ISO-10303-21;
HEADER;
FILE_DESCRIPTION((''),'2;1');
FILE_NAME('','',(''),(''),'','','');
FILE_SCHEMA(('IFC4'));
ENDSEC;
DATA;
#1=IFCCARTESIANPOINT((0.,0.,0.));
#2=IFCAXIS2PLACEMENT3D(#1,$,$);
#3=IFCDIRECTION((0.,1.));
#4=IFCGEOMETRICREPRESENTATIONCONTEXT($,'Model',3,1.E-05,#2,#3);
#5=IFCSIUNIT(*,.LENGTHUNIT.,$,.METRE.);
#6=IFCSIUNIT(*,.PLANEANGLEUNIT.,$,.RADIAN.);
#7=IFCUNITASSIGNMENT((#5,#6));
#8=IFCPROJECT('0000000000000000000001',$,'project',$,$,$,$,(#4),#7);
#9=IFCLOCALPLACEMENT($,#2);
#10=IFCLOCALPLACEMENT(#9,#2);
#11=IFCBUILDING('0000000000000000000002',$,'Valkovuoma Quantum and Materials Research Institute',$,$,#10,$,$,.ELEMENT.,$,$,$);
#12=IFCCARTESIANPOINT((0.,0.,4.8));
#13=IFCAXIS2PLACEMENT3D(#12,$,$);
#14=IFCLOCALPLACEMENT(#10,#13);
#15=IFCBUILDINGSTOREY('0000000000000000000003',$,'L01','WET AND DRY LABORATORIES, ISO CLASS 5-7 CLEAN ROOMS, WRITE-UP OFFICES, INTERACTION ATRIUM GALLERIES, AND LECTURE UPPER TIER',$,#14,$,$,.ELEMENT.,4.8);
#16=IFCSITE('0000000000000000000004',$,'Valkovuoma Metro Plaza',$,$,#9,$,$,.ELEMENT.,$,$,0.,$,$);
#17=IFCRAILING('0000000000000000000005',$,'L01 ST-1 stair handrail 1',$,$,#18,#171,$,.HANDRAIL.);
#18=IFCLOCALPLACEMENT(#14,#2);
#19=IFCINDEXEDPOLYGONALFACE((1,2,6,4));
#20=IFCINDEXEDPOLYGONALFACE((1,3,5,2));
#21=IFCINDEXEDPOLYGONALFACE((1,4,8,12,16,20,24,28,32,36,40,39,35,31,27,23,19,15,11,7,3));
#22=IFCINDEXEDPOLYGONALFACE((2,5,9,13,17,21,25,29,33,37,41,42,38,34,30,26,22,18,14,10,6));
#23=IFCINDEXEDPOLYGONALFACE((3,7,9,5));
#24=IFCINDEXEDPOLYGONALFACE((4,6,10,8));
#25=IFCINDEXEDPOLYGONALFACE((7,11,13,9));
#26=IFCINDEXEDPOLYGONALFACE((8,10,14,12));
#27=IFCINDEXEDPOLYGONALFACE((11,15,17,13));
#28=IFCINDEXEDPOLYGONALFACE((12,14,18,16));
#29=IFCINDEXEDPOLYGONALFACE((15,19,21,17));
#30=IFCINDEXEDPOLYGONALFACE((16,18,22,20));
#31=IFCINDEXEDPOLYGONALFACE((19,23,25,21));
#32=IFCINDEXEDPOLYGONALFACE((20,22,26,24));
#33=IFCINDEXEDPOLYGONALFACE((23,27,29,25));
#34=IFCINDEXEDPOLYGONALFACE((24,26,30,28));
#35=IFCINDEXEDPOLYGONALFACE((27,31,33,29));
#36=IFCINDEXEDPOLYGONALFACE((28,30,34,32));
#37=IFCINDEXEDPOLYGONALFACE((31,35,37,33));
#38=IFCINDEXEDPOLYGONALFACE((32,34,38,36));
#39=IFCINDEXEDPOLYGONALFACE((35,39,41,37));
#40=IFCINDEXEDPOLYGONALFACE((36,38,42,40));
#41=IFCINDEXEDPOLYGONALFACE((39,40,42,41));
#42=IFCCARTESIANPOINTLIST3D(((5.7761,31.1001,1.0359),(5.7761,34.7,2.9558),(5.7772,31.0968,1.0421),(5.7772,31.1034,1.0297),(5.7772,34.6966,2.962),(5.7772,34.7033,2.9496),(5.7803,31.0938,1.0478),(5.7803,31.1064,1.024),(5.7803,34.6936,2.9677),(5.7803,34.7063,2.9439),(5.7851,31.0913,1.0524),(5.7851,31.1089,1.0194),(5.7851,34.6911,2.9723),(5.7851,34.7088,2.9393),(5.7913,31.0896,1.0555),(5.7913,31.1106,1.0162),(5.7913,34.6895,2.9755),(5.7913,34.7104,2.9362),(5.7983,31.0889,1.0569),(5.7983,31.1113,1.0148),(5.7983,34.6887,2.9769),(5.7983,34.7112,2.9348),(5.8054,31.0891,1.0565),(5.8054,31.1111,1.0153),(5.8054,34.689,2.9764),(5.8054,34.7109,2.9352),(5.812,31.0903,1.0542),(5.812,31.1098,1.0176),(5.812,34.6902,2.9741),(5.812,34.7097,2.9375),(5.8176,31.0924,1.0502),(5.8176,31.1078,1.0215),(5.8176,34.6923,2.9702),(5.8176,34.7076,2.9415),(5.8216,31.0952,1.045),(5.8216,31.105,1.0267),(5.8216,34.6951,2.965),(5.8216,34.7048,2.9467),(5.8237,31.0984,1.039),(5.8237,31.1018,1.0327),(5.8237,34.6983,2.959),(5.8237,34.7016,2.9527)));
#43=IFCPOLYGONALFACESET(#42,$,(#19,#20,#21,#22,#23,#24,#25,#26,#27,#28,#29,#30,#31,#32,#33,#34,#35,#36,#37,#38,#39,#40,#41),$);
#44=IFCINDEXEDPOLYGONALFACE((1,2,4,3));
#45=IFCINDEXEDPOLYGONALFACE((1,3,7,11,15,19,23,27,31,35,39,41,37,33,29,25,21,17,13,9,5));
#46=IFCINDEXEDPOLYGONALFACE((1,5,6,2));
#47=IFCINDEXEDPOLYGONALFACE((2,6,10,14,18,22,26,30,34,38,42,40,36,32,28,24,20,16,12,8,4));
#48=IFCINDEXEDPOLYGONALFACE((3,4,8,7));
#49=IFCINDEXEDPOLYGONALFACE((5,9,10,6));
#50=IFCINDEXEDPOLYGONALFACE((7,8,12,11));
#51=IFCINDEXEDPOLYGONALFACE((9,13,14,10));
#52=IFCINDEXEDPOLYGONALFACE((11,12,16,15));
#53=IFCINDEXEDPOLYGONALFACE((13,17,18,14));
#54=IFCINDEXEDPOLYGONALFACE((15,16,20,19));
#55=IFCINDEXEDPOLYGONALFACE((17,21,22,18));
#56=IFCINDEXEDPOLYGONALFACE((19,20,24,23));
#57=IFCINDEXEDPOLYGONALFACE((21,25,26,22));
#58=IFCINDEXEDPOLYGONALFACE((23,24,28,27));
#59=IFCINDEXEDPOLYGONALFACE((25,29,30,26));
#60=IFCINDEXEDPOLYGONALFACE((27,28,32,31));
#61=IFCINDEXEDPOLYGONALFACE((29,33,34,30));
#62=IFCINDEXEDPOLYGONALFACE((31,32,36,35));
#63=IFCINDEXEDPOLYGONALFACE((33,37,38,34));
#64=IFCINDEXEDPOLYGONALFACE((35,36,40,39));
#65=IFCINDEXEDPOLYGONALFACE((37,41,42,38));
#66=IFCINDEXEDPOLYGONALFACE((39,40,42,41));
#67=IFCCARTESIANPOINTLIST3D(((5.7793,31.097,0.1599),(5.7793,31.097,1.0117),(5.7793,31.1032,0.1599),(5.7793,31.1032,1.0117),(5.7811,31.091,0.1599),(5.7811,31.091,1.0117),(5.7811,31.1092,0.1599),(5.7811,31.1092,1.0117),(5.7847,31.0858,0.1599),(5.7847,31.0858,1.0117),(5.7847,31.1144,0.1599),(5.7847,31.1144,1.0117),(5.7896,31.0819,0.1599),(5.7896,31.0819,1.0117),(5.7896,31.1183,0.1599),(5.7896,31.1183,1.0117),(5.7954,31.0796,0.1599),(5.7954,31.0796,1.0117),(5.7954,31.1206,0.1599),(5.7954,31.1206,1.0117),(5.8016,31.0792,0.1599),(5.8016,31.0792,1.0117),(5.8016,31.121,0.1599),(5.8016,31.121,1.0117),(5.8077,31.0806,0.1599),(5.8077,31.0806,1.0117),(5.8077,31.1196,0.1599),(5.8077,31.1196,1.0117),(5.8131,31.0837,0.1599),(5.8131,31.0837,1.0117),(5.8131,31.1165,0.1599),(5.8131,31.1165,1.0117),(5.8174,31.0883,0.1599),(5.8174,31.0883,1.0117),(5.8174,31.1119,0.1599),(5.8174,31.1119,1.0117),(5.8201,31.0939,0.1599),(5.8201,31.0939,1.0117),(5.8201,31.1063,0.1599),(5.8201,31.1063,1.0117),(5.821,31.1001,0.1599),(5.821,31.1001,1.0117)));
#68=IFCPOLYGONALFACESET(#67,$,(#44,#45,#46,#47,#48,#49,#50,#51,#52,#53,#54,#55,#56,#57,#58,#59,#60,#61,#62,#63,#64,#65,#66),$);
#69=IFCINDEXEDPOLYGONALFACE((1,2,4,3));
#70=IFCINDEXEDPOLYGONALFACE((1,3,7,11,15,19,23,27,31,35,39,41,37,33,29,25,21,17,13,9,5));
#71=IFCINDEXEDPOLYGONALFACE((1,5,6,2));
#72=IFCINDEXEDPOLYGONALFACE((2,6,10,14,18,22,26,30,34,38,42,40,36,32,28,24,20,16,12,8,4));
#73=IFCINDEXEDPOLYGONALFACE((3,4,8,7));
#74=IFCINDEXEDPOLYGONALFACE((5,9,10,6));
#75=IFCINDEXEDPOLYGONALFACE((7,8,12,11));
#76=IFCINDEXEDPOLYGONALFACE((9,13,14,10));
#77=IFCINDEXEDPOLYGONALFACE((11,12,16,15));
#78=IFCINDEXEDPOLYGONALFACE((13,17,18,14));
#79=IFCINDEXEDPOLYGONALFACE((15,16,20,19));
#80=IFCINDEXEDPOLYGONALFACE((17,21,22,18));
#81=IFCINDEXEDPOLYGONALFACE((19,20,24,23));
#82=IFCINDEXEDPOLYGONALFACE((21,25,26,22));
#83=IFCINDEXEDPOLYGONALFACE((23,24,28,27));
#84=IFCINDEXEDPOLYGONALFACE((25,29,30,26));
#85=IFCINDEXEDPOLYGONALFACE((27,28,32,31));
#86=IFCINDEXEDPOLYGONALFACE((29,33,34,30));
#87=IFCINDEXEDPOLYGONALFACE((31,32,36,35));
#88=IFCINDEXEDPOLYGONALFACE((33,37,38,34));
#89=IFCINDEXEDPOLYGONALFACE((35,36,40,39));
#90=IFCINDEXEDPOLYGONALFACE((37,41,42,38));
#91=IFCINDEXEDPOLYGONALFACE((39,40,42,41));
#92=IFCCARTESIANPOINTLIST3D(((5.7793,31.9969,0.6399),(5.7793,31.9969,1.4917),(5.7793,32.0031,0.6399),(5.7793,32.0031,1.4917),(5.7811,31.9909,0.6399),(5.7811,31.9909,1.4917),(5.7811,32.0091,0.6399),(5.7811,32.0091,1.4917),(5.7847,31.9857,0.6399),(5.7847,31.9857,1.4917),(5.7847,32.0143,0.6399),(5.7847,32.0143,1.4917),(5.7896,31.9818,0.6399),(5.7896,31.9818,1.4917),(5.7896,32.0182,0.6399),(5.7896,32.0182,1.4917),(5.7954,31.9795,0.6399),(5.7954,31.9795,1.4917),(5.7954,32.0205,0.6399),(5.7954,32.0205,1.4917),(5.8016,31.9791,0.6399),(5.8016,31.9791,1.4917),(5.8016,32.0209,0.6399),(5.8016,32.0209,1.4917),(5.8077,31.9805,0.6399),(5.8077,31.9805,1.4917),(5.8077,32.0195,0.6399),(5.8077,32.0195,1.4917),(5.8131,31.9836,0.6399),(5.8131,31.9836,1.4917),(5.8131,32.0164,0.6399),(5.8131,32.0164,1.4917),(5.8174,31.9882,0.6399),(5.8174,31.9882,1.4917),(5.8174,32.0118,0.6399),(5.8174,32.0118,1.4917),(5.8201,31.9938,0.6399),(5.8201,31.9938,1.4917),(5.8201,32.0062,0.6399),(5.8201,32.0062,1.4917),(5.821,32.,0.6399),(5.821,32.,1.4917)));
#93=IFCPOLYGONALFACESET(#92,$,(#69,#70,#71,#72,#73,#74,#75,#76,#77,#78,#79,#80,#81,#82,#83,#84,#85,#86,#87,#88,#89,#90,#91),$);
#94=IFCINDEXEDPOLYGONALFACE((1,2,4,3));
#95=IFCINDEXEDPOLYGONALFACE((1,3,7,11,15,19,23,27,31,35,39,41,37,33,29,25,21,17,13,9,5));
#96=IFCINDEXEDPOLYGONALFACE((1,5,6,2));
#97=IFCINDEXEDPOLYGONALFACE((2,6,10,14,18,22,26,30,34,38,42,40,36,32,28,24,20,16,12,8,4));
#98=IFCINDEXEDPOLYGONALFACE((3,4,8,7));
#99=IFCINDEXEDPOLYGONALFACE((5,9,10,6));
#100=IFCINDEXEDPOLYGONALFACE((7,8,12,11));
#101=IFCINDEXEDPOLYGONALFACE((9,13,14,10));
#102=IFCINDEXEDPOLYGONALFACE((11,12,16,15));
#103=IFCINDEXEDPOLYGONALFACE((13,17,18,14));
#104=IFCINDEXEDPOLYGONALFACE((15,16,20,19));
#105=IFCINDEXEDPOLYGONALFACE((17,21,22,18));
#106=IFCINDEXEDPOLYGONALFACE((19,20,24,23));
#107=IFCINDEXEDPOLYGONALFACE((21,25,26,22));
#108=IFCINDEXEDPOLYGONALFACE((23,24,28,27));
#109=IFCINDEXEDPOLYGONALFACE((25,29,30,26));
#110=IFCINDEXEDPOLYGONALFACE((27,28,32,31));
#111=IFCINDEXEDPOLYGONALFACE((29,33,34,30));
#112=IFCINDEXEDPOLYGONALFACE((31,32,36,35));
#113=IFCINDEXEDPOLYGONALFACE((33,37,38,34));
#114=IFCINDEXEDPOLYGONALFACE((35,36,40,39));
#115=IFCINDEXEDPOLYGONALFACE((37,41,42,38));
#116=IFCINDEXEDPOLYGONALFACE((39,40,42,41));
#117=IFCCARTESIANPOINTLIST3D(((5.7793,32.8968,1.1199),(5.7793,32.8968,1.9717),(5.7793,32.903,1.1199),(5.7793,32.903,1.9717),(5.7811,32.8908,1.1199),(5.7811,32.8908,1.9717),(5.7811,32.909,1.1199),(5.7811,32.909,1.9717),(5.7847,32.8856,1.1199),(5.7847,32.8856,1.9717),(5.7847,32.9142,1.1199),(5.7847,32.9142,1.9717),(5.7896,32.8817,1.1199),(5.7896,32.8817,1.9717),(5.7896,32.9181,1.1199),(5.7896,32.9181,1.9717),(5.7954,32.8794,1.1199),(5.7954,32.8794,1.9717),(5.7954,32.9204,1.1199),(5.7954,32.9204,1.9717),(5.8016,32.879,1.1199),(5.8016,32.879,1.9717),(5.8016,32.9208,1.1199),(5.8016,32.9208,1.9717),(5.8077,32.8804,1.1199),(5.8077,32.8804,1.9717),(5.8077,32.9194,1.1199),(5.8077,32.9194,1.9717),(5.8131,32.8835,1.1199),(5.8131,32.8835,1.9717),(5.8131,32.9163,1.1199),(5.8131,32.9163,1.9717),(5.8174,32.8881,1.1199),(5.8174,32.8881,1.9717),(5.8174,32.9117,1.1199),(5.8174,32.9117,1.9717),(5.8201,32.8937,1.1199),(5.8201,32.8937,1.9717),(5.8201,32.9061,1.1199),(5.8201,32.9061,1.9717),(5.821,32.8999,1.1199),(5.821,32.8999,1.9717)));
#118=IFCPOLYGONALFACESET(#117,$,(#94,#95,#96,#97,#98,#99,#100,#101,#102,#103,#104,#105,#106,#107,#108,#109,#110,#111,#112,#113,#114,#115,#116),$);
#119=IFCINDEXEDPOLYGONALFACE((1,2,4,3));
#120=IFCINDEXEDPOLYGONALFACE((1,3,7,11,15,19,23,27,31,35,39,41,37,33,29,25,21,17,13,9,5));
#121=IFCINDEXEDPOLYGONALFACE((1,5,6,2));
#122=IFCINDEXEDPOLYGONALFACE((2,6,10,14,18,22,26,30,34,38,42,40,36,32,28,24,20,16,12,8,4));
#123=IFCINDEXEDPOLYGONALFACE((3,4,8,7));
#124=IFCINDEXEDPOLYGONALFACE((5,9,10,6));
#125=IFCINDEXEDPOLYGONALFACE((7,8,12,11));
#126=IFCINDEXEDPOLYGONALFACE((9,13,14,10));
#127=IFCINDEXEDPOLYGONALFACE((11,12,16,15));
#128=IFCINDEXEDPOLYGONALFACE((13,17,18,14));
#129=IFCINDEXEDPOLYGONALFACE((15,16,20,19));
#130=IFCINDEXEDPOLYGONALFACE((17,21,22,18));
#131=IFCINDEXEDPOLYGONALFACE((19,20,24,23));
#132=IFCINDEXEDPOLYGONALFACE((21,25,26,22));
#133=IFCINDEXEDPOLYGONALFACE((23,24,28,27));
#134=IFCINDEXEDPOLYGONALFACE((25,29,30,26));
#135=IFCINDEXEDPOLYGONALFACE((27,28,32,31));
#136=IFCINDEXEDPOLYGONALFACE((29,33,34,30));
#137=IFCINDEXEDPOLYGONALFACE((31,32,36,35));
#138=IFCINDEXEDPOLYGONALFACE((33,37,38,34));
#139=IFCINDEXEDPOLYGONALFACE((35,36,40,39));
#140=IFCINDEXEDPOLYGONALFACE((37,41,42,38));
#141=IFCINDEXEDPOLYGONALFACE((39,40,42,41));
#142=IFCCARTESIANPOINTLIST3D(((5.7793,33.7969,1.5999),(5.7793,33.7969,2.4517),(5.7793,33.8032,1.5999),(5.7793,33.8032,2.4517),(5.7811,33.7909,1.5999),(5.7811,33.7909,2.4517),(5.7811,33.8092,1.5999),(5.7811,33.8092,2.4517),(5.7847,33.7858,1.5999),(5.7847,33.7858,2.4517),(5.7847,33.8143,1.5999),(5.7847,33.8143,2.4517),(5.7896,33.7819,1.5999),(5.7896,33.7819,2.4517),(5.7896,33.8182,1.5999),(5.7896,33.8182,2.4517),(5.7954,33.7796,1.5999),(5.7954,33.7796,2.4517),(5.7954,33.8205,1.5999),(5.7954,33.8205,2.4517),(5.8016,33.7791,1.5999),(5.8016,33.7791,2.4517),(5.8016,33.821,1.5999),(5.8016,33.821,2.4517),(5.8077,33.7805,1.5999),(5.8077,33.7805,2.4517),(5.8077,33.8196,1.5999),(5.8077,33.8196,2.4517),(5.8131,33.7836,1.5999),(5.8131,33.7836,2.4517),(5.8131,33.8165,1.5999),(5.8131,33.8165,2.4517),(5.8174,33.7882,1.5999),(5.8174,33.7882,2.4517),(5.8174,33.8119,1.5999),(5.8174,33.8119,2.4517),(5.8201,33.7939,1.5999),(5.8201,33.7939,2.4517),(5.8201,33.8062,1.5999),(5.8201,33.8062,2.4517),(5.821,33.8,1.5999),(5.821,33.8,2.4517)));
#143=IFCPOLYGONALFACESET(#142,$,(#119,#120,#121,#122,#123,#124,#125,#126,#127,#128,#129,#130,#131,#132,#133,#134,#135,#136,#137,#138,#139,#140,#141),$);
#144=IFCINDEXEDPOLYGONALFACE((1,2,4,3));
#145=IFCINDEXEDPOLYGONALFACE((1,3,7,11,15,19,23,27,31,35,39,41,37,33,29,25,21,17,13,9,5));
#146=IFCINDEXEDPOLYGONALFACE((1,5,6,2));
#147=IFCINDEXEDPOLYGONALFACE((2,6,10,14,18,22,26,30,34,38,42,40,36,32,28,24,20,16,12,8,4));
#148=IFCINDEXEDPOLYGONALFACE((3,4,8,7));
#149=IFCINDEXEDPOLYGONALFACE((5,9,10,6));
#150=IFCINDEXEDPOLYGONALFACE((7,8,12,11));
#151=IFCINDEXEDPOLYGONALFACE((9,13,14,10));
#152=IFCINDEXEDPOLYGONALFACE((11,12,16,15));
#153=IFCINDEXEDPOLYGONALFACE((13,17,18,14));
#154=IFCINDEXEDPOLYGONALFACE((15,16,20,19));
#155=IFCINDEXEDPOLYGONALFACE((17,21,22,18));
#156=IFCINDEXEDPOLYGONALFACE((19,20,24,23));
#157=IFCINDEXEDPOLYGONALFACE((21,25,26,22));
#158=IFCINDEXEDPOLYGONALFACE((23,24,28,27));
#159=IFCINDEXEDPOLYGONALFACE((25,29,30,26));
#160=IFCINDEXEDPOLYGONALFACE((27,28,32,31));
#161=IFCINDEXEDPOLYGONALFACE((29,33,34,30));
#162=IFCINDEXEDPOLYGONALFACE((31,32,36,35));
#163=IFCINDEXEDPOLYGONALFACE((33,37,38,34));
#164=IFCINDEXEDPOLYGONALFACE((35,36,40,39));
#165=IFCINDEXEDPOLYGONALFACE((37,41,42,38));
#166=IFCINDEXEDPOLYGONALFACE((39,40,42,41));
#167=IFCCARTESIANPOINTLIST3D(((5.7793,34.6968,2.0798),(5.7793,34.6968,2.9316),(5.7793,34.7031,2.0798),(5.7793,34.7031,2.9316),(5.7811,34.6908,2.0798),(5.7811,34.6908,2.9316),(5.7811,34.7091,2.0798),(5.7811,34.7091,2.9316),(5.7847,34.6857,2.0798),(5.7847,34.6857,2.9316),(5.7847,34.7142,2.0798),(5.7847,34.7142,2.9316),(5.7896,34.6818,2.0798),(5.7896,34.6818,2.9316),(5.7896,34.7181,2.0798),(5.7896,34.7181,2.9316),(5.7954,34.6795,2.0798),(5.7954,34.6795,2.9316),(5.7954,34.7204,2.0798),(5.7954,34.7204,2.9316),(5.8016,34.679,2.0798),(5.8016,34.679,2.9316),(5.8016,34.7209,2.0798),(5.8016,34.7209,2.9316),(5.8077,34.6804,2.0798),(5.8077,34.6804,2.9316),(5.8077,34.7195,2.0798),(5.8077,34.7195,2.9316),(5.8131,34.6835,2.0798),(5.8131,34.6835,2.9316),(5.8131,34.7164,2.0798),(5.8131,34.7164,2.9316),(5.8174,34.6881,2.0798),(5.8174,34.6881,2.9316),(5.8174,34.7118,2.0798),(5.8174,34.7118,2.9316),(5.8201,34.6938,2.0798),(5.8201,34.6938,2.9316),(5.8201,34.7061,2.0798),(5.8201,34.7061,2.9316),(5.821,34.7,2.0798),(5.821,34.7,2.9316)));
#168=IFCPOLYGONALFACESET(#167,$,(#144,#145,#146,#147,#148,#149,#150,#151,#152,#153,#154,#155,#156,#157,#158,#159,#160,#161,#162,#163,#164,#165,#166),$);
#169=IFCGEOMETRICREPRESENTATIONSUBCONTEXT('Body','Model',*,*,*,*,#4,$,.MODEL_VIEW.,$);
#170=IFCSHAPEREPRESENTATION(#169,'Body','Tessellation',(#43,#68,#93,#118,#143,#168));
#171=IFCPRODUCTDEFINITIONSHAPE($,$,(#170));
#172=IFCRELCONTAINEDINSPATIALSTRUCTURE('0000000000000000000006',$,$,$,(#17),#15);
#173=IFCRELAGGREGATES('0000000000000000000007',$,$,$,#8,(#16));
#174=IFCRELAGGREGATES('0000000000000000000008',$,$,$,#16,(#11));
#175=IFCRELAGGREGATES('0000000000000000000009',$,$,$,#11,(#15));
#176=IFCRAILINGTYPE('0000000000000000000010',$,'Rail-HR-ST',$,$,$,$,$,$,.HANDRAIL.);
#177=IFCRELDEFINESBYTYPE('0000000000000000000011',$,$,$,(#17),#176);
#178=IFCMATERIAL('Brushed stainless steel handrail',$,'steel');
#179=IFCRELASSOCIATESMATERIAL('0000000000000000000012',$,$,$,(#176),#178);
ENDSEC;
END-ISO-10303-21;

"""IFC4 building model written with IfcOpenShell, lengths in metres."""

from ifc_helpers import new_model, si_unit, direction, frame, origin, origin_2d, place, context, subcontext, project, spatial, circle, extrude, material, type_object, element, save


model = new_model("IFC4")

# Units and contexts
model_context = context("Model", 3, precision=1e-05, world=origin(), true_north=direction((0.0, 1.0)))
body_context = subcontext(model_context, "Body", "Model", "MODEL_VIEW")
ifc_project = project(units=[si_unit("LENGTHUNIT", "METRE"), si_unit("PLANEANGLEUNIT", "RADIAN")], contexts=[model_context])

# Site, building, storey
site_placement = place(None, origin())
site = spatial("IfcSite", under=ifc_project, at=site_placement, Name="Valkovuoma Metro Plaza", CompositionType="ELEMENT", RefElevation=0.0)
building_placement = place(site_placement, origin())
building = spatial("IfcBuilding", under=site, at=building_placement, Name="Valkovuoma Quantum and Materials Research Institute", CompositionType="ELEMENT")
storey_placement = place(building_placement, frame((0.0, 0.0, 4.8)))
storey = spatial("IfcBuildingStorey", under=building, at=storey_placement, Name="L01", Description="WET AND DRY LABORATORIES, ISO CLASS 5-7 CLEAN ROOMS, WRITE-UP OFFICES, INTERACTION ATRIUM GALLERIES, AND LECTURE UPPER TIER", CompositionType="ELEMENT", Elevation=4.8)

# Railing
ifc_material_1 = material(Name="Brushed stainless steel handrail", Category="steel")
railing_type_1 = type_object("IfcRailingType", Name="Rail-HR-ST", PredefinedType="HANDRAIL", material=ifc_material_1)
railing_1_placement = place(storey_placement, frame((5.8, 31.1001, 0.1599)))
element("IfcRailing", 1, at=railing_1_placement, inside=storey, type_object=railing_type_1, Name="L01 ST-1 stair handrail 1", PredefinedType="HANDRAIL", context=body_context, shape_type="SweptSolid", body=[
    extrude(circle(Radius=0.0239, at=origin_2d()), frame((0.0, 0.0, 0.876), z_axis=(0.0, 0.882353, 0.470588), x_axis=(-1.0, 0.0, 0.0)), (0.0, 0.0, 1.0), 4.0798),
    extrude(circle(Radius=0.021, at=origin_2d()), origin(), (0.0, 0.0, 1.0), 0.8518),
    extrude(circle(Radius=0.021, at=origin_2d()), frame((0.0, 0.8999, 0.48)), (0.0, 0.0, 1.0), 0.8518),
    extrude(circle(Radius=0.021, at=origin_2d()), frame((0.0, 1.7998, 0.96)), (0.0, 0.0, 1.0), 0.8518),
    extrude(circle(Radius=0.021, at=origin_2d()), frame((0.0, 2.7, 1.4399)), (0.0, 0.0, 1.0), 0.8518),
    extrude(circle(Radius=0.021, at=origin_2d()), frame((0.0, 3.5999, 1.9199)), (0.0, 0.0, 1.0), 0.8518),
])

save(model, "model.ifc")
